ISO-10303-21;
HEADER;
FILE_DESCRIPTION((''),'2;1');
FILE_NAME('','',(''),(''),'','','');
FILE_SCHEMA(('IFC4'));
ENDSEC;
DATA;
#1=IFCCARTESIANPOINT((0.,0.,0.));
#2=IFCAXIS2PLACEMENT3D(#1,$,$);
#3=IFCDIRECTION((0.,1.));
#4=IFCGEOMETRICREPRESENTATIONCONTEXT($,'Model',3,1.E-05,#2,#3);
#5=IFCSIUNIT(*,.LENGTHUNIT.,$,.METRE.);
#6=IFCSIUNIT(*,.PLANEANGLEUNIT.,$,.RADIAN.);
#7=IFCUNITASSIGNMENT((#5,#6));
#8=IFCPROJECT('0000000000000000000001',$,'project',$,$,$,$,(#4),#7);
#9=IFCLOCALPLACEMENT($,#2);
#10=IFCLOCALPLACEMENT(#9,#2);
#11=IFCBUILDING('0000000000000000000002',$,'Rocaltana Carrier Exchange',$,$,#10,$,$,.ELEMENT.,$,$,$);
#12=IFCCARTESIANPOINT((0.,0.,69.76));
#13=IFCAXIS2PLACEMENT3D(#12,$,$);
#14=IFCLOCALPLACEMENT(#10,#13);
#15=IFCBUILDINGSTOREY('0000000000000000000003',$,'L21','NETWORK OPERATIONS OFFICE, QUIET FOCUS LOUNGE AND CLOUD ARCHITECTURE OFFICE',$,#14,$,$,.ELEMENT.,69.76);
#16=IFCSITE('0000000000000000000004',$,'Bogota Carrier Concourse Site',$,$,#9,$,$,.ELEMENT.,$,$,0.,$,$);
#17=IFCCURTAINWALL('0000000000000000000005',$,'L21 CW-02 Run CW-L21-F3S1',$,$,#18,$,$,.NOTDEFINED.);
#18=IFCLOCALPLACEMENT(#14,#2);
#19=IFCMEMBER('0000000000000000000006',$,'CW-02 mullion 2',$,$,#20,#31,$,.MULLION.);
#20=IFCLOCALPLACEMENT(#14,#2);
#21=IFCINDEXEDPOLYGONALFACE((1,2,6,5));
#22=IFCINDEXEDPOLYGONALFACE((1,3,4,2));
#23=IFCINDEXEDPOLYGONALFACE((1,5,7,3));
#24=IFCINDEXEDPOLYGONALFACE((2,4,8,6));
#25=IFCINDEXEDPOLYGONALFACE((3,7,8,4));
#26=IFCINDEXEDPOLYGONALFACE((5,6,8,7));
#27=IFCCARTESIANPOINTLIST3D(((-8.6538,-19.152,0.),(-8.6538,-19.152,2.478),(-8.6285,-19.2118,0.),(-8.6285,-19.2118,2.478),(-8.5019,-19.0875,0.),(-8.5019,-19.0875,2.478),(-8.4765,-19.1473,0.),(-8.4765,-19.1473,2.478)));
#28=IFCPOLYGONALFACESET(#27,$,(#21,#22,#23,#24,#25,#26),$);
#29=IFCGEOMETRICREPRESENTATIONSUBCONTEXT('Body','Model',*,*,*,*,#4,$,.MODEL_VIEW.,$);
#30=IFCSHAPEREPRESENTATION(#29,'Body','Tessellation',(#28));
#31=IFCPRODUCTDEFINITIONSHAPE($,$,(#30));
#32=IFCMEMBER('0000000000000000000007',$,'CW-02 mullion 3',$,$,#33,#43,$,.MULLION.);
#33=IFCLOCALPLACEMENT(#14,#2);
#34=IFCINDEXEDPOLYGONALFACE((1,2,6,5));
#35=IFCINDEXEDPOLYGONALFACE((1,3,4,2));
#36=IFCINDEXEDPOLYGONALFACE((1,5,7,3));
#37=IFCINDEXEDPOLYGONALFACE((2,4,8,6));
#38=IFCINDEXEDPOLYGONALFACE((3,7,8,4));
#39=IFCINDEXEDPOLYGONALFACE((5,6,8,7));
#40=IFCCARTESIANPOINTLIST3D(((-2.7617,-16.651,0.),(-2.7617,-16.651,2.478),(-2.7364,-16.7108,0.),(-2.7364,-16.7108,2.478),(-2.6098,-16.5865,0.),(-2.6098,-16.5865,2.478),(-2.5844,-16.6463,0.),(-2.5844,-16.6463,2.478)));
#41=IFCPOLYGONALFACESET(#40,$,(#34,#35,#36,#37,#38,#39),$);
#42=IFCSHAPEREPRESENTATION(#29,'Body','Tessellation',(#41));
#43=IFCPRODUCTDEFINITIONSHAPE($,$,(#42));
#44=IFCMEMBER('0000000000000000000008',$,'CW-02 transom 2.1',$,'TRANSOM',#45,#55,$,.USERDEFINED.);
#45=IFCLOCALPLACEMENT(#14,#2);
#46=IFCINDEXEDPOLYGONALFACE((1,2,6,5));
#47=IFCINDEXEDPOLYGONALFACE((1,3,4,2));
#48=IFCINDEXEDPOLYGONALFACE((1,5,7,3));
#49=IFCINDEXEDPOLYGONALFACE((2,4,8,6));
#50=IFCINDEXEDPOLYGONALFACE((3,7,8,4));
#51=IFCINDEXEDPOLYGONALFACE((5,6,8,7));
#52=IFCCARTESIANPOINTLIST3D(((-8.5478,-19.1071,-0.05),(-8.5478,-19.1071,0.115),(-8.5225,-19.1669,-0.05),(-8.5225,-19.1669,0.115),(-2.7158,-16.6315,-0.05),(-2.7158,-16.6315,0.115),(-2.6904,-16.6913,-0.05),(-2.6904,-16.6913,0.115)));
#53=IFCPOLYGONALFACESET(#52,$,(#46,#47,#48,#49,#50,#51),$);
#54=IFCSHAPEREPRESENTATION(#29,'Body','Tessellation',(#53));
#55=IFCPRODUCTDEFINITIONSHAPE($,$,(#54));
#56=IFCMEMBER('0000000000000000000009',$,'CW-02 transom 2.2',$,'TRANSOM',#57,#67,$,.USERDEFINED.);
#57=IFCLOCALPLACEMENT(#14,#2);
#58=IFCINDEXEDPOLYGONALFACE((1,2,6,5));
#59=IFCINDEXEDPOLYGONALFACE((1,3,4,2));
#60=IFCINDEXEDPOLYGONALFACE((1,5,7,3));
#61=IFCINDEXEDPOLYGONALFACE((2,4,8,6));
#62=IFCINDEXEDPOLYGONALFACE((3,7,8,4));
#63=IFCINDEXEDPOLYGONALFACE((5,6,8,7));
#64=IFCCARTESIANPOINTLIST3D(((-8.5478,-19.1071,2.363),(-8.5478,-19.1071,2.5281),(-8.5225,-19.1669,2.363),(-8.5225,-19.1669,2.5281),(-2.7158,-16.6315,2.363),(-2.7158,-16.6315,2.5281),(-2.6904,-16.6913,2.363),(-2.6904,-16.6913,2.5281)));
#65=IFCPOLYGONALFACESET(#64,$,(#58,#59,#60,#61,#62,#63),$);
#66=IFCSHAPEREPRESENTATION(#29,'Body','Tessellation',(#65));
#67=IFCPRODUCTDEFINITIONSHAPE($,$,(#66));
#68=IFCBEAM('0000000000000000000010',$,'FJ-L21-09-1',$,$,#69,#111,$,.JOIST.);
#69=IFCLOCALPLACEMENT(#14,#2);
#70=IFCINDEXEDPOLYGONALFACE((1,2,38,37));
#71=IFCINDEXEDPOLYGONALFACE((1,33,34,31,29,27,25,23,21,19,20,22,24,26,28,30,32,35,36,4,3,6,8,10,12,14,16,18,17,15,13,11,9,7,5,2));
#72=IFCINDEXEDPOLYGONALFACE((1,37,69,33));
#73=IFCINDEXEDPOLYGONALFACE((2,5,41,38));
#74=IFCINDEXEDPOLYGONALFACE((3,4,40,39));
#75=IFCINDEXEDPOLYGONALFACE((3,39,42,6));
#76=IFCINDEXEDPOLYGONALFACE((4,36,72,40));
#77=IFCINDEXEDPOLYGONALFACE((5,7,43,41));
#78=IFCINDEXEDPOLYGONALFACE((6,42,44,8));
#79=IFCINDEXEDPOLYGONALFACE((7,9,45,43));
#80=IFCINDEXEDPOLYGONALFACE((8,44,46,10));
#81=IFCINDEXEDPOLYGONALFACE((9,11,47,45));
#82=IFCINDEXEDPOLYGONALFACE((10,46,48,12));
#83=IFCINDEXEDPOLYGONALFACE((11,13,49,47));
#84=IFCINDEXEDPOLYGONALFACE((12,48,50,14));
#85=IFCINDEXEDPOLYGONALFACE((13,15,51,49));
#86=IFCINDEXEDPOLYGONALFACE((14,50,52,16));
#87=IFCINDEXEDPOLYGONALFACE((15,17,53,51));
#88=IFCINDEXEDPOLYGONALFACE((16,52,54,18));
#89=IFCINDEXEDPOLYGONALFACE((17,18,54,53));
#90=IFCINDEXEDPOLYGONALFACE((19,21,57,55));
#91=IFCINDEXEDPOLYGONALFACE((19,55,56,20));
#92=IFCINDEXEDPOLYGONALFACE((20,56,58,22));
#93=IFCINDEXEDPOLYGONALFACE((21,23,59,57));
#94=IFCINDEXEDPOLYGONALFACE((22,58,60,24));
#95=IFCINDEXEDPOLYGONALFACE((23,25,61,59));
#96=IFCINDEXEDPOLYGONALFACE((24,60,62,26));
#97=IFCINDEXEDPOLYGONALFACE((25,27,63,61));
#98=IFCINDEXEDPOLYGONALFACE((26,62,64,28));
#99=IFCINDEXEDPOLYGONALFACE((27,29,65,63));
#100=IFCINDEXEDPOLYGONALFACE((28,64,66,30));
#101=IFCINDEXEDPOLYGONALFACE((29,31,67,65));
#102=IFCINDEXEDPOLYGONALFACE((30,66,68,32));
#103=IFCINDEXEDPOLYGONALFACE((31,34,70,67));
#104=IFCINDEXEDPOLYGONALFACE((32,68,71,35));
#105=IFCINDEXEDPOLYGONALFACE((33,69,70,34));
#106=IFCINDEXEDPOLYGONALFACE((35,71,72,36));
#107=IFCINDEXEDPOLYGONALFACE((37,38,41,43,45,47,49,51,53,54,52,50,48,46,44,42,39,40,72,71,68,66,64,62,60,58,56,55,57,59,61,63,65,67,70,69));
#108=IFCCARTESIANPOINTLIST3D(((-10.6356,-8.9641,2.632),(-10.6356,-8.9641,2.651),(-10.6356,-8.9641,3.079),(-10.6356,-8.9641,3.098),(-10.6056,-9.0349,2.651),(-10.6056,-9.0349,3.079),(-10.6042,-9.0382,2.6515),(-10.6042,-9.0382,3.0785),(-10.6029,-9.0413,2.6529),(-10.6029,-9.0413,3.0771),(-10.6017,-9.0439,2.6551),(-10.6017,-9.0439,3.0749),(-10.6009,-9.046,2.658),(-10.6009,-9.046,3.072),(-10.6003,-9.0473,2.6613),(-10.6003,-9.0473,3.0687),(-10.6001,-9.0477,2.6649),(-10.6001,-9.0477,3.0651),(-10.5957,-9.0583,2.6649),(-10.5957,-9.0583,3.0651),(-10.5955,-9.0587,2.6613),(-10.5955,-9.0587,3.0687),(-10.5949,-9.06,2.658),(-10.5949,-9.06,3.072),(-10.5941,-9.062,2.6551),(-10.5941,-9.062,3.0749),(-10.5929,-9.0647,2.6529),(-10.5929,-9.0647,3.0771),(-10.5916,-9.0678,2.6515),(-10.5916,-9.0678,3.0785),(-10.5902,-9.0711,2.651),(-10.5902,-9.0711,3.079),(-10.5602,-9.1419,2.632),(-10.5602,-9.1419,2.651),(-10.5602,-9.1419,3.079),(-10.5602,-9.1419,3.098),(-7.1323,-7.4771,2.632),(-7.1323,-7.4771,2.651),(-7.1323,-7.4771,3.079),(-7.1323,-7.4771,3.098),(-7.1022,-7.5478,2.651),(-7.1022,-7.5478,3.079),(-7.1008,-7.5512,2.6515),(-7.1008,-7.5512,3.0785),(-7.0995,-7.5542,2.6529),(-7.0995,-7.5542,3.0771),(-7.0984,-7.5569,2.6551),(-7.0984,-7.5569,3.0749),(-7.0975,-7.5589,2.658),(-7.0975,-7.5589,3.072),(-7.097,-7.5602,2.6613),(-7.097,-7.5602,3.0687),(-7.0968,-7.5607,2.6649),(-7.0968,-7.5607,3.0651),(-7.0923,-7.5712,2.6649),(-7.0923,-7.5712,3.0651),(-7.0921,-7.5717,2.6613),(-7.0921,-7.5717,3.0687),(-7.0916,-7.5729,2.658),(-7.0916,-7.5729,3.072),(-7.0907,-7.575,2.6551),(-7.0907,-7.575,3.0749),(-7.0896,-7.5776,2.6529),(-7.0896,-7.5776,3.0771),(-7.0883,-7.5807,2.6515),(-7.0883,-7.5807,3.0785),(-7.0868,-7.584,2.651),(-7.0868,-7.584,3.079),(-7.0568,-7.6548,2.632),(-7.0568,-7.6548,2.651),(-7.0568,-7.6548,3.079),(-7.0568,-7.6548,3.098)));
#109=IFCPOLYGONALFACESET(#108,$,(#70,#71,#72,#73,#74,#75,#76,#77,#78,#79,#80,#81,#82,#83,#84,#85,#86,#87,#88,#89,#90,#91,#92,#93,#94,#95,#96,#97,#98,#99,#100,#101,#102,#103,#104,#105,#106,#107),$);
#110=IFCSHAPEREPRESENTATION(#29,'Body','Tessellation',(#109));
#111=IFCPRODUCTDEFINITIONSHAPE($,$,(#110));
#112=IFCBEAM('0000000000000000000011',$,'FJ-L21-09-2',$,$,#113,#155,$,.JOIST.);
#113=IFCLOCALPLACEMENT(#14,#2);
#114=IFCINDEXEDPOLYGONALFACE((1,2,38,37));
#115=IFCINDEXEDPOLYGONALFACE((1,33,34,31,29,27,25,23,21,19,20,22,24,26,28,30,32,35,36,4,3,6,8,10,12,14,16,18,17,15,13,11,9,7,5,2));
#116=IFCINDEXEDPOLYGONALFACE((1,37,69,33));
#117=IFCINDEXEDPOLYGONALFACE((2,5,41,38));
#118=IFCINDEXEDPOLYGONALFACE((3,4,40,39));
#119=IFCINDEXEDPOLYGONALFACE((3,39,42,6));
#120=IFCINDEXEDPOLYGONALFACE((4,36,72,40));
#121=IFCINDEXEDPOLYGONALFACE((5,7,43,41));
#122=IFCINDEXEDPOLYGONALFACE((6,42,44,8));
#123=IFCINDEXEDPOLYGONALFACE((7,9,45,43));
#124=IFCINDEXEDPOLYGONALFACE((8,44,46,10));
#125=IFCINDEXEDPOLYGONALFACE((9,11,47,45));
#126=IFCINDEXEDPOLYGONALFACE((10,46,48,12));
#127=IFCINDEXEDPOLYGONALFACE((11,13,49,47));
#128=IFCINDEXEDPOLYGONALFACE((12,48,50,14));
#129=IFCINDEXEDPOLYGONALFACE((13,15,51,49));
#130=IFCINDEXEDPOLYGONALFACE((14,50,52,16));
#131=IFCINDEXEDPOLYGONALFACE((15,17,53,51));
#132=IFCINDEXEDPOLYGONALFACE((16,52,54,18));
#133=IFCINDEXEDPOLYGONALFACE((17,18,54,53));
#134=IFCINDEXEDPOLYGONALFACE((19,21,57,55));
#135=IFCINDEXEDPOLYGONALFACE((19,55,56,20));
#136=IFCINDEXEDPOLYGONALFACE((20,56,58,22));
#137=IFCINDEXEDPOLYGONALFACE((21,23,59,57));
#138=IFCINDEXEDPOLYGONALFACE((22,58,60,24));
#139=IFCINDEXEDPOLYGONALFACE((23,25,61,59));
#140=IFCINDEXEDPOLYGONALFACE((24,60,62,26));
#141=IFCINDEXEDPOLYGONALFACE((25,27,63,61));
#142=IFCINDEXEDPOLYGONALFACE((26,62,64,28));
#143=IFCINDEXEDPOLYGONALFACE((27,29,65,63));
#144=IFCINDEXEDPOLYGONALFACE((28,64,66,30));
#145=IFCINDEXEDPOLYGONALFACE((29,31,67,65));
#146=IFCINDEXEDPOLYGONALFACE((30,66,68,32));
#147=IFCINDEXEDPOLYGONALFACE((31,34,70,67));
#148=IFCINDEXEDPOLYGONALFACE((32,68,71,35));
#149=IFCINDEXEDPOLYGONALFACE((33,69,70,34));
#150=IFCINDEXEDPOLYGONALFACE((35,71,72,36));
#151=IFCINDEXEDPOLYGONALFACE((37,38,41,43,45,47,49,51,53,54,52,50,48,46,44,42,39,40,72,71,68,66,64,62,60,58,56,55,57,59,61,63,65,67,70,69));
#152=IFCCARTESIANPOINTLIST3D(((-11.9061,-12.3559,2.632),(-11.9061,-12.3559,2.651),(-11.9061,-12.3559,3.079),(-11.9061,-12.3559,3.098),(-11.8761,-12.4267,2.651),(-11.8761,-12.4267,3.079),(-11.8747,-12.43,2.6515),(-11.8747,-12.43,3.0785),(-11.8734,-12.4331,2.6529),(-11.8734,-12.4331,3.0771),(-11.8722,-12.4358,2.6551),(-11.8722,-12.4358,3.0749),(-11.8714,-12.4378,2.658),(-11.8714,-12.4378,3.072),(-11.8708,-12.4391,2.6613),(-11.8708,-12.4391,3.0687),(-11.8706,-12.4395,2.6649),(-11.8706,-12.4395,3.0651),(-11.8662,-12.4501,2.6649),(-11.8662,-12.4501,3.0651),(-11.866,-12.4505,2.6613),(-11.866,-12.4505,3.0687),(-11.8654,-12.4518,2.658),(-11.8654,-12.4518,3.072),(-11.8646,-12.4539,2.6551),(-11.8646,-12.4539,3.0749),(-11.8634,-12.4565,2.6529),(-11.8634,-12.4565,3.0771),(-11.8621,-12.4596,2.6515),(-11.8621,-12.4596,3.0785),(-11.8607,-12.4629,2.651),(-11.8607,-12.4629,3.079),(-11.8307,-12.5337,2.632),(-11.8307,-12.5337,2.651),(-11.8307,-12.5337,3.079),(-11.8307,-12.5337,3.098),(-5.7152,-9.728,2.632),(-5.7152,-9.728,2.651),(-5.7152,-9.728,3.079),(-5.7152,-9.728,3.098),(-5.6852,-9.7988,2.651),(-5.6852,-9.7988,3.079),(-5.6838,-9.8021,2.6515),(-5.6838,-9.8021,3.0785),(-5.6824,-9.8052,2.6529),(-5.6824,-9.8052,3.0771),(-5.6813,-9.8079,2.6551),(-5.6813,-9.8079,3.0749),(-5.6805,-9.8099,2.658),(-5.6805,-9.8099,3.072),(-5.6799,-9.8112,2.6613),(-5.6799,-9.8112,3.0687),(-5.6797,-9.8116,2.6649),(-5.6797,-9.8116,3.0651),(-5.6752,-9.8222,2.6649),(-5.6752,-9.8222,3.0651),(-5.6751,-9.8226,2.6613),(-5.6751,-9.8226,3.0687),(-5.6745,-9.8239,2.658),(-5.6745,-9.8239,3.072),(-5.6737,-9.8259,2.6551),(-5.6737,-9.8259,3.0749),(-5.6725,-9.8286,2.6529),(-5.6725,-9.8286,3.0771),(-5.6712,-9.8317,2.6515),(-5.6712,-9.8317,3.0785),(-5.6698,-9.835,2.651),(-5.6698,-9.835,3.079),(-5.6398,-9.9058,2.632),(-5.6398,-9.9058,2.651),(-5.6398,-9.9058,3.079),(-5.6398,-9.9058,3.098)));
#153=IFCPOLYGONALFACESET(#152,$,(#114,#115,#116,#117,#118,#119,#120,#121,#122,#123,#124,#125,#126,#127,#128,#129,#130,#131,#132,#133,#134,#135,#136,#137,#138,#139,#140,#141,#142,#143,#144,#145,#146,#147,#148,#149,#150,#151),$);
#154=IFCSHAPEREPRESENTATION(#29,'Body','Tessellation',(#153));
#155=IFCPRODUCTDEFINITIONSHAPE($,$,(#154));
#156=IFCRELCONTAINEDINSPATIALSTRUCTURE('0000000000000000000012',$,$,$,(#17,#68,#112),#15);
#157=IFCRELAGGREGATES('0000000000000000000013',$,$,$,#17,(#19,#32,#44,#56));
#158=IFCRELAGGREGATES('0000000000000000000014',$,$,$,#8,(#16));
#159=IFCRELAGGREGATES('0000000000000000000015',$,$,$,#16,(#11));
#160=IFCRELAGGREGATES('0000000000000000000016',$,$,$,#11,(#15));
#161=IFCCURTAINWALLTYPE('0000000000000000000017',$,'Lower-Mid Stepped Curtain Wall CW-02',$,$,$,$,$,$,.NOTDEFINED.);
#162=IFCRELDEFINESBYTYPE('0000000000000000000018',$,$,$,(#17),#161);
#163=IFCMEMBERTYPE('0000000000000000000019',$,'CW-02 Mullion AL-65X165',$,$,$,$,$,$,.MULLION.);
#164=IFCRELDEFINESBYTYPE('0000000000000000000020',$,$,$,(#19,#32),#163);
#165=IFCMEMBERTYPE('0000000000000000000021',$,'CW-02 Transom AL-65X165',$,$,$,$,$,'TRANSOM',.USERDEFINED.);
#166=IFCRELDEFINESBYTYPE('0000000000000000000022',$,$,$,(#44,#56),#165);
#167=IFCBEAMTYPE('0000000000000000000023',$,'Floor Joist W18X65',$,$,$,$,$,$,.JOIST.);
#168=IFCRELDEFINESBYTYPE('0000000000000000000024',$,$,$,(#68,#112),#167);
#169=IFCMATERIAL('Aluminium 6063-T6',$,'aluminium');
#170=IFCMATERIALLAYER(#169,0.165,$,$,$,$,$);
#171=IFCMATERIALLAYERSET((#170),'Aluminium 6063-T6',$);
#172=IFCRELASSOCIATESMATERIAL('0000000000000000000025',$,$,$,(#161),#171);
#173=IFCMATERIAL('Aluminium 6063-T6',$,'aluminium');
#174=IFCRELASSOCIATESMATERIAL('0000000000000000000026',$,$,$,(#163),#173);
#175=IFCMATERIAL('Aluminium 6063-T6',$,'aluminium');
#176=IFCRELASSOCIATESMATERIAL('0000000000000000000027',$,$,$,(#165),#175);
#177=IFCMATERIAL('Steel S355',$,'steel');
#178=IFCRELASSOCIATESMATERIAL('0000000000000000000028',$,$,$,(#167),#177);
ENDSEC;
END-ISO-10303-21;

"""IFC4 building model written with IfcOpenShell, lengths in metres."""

from ifc_helpers import new_model, si_unit, direction, frame, origin, origin_2d, place, context, subcontext, project, spatial, rectangle, i_section, extrude, material, layer, layer_set, material_profile, profile_set, type_object, element, aggregate, save


model = new_model("IFC4")

# Units and contexts
model_context = context("Model", 3, precision=1e-05, world=origin(), true_north=direction((0.0, 1.0)))
body_context = subcontext(model_context, "Body", "Model", "MODEL_VIEW")
ifc_project = project(units=[si_unit("LENGTHUNIT", "METRE"), si_unit("PLANEANGLEUNIT", "RADIAN")], contexts=[model_context])

# Site, building, storey
site_placement = place(None, origin())
site = spatial("IfcSite", under=ifc_project, at=site_placement, Name="Bogota Carrier Concourse Site", CompositionType="ELEMENT", RefElevation=0.0)
building_placement = place(site_placement, origin())
building = spatial("IfcBuilding", under=site, at=building_placement, Name="Rocaltana Carrier Exchange", CompositionType="ELEMENT")
storey_placement = place(building_placement, frame((0.0, 0.0, 69.76)))
storey = spatial("IfcBuildingStorey", under=building, at=storey_placement, Name="L21", Description="NETWORK OPERATIONS OFFICE, QUIET FOCUS LOUNGE AND CLOUD ARCHITECTURE OFFICE", CompositionType="ELEMENT", Elevation=69.76)

# Curtain wall, members
ifc_material_1 = material(Name="Aluminium 6063-T6", Category="aluminium")
ifc_layer_1 = layer(ifc_material_1, 0.165)
ifc_layer_set_1 = layer_set([ifc_layer_1], Name="Aluminium 6063-T6")
curtain_wall_type = type_object("IfcCurtainWallType", Name="Lower-Mid Stepped Curtain Wall CW-02", PredefinedType="NOTDEFINED", material=ifc_layer_set_1)
curtain_wall_placement = place(storey_placement, origin())
curtain_wall = element("IfcCurtainWall", 1, at=curtain_wall_placement, inside=storey, type_object=curtain_wall_type, Name="L21 CW-02 Run CW-L21-F3S1", PredefinedType="NOTDEFINED")
ifc_material_2 = material(Name="Aluminium 6063-T6", Category="aluminium")
ifc_material_profile_1 = material_profile(ifc_material_2, rectangle(XDim=0.0649, YDim=0.165, at=origin_2d()), Name="AL-65X165")
ifc_profile_set_1 = profile_set([ifc_material_profile_1], Name="Aluminium 6063-T6")
member_type_1 = type_object("IfcMemberType", Name="CW-02 Mullion AL-65X165", PredefinedType="MULLION", material=ifc_profile_set_1)
member_1_placement = place(storey_placement, frame((-8.5652, -19.1497, 0.0), z_axis=(0.0, 0.0, 1.0), x_axis=(-0.390729, 0.920506, 0.0)))
member_1 = element("IfcMember", 2, at=member_1_placement, type_object=member_type_1, Name="CW-02 mullion 2", PredefinedType="MULLION", context=body_context, shape_type="SweptSolid", body=[
    extrude(rectangle(XDim=0.0649, YDim=0.165, at=origin_2d()), origin(), (0.0, 0.0, 1.0), 2.478),
])
member_2_placement = place(storey_placement, frame((-2.6731, -16.6487, 0.0), z_axis=(0.0, 0.0, 1.0), x_axis=(-0.390729, 0.920506, 0.0)))
member_2 = element("IfcMember", 3, at=member_2_placement, type_object=member_type_1, Name="CW-02 mullion 3", PredefinedType="MULLION", context=body_context, shape_type="SweptSolid", body=[
    extrude(rectangle(XDim=0.0649, YDim=0.165, at=origin_2d()), origin(), (0.0, 0.0, 1.0), 2.478),
])
ifc_material_3 = material(Name="Aluminium 6063-T6", Category="aluminium")
ifc_material_profile_2 = material_profile(ifc_material_3, rectangle(XDim=0.0649, YDim=0.165, at=origin_2d()), Name="AL-65X165")
ifc_profile_set_2 = profile_set([ifc_material_profile_2], Name="Aluminium 6063-T6")
member_type_2 = type_object("IfcMemberType", Name="CW-02 Transom AL-65X165", ElementType="TRANSOM", PredefinedType="USERDEFINED", material=ifc_profile_set_2)
member_3_placement = place(storey_placement, frame((-8.5352, -19.137, 0.0325), z_axis=(0.920503, 0.390736, 0.0), x_axis=(-0.390736, 0.920503, 0.0)))
member_3 = element("IfcMember", 4, at=member_3_placement, type_object=member_type_2, Name="CW-02 transom 2.1", ObjectType="TRANSOM", PredefinedType="USERDEFINED", context=body_context, shape_type="SweptSolid", body=[
    extrude(rectangle(XDim=0.0649, YDim=0.165, at=origin_2d()), origin(), (0.0, 0.0, 1.0), 6.3357),
])
member_4_placement = place(storey_placement, frame((-8.5352, -19.137, 2.4456), z_axis=(0.920503, 0.390736, 0.0), x_axis=(-0.390736, 0.920503, 0.0)))
member_4 = element("IfcMember", 5, at=member_4_placement, type_object=member_type_2, Name="CW-02 transom 2.2", ObjectType="TRANSOM", PredefinedType="USERDEFINED", context=body_context, shape_type="SweptSolid", body=[
    extrude(rectangle(XDim=0.0649, YDim=0.165, at=origin_2d()), origin(), (0.0, 0.0, 1.0), 6.3357),
])

# Beams
ifc_material_4 = material(Name="Steel S355", Category="steel")
ifc_material_profile_3 = material_profile(ifc_material_4, i_section(OverallWidth=0.1931, OverallDepth=0.4661, WebThickness=0.0115, FlangeThickness=0.019, FilletRadius=0.0139, at=origin_2d()), Name="W18X65")
ifc_profile_set_3 = profile_set([ifc_material_profile_3], Name="Steel S355")
beam_type = type_object("IfcBeamType", Name="Floor Joist W18X65", PredefinedType="JOIST", material=ifc_profile_set_3)
beam_1_placement = place(storey_placement, frame((-10.5979, -9.053, 2.865), z_axis=(0.92051, 0.39072, 0.0), x_axis=(-0.39072, 0.92051, 0.0)))
element("IfcBeam", 6, at=beam_1_placement, inside=storey, type_object=beam_type, Name="FJ-L21-09-1", PredefinedType="JOIST", context=body_context, shape_type="SweptSolid", body=[
    extrude(i_section(OverallWidth=0.1931, OverallDepth=0.4661, WebThickness=0.0115, FlangeThickness=0.019, FilletRadius=0.0139, at=origin_2d()), origin(), (0.0, 0.0, 1.0), 3.8059),
])
beam_2_placement = place(storey_placement, frame((-11.8684, -12.4448, 2.865), z_axis=(0.920503, 0.390736, 0.0), x_axis=(-0.390736, 0.920503, 0.0)))
element("IfcBeam", 7, at=beam_2_placement, inside=storey, type_object=beam_type, Name="FJ-L21-09-2", PredefinedType="JOIST", context=body_context, shape_type="SweptSolid", body=[
    extrude(i_section(OverallWidth=0.1931, OverallDepth=0.4661, WebThickness=0.0115, FlangeThickness=0.019, FilletRadius=0.0139, at=origin_2d()), origin(), (0.0, 0.0, 1.0), 6.7256),
])

aggregate(curtain_wall, [member_1, member_2, member_3, member_4])

save(model, "model.ifc")
